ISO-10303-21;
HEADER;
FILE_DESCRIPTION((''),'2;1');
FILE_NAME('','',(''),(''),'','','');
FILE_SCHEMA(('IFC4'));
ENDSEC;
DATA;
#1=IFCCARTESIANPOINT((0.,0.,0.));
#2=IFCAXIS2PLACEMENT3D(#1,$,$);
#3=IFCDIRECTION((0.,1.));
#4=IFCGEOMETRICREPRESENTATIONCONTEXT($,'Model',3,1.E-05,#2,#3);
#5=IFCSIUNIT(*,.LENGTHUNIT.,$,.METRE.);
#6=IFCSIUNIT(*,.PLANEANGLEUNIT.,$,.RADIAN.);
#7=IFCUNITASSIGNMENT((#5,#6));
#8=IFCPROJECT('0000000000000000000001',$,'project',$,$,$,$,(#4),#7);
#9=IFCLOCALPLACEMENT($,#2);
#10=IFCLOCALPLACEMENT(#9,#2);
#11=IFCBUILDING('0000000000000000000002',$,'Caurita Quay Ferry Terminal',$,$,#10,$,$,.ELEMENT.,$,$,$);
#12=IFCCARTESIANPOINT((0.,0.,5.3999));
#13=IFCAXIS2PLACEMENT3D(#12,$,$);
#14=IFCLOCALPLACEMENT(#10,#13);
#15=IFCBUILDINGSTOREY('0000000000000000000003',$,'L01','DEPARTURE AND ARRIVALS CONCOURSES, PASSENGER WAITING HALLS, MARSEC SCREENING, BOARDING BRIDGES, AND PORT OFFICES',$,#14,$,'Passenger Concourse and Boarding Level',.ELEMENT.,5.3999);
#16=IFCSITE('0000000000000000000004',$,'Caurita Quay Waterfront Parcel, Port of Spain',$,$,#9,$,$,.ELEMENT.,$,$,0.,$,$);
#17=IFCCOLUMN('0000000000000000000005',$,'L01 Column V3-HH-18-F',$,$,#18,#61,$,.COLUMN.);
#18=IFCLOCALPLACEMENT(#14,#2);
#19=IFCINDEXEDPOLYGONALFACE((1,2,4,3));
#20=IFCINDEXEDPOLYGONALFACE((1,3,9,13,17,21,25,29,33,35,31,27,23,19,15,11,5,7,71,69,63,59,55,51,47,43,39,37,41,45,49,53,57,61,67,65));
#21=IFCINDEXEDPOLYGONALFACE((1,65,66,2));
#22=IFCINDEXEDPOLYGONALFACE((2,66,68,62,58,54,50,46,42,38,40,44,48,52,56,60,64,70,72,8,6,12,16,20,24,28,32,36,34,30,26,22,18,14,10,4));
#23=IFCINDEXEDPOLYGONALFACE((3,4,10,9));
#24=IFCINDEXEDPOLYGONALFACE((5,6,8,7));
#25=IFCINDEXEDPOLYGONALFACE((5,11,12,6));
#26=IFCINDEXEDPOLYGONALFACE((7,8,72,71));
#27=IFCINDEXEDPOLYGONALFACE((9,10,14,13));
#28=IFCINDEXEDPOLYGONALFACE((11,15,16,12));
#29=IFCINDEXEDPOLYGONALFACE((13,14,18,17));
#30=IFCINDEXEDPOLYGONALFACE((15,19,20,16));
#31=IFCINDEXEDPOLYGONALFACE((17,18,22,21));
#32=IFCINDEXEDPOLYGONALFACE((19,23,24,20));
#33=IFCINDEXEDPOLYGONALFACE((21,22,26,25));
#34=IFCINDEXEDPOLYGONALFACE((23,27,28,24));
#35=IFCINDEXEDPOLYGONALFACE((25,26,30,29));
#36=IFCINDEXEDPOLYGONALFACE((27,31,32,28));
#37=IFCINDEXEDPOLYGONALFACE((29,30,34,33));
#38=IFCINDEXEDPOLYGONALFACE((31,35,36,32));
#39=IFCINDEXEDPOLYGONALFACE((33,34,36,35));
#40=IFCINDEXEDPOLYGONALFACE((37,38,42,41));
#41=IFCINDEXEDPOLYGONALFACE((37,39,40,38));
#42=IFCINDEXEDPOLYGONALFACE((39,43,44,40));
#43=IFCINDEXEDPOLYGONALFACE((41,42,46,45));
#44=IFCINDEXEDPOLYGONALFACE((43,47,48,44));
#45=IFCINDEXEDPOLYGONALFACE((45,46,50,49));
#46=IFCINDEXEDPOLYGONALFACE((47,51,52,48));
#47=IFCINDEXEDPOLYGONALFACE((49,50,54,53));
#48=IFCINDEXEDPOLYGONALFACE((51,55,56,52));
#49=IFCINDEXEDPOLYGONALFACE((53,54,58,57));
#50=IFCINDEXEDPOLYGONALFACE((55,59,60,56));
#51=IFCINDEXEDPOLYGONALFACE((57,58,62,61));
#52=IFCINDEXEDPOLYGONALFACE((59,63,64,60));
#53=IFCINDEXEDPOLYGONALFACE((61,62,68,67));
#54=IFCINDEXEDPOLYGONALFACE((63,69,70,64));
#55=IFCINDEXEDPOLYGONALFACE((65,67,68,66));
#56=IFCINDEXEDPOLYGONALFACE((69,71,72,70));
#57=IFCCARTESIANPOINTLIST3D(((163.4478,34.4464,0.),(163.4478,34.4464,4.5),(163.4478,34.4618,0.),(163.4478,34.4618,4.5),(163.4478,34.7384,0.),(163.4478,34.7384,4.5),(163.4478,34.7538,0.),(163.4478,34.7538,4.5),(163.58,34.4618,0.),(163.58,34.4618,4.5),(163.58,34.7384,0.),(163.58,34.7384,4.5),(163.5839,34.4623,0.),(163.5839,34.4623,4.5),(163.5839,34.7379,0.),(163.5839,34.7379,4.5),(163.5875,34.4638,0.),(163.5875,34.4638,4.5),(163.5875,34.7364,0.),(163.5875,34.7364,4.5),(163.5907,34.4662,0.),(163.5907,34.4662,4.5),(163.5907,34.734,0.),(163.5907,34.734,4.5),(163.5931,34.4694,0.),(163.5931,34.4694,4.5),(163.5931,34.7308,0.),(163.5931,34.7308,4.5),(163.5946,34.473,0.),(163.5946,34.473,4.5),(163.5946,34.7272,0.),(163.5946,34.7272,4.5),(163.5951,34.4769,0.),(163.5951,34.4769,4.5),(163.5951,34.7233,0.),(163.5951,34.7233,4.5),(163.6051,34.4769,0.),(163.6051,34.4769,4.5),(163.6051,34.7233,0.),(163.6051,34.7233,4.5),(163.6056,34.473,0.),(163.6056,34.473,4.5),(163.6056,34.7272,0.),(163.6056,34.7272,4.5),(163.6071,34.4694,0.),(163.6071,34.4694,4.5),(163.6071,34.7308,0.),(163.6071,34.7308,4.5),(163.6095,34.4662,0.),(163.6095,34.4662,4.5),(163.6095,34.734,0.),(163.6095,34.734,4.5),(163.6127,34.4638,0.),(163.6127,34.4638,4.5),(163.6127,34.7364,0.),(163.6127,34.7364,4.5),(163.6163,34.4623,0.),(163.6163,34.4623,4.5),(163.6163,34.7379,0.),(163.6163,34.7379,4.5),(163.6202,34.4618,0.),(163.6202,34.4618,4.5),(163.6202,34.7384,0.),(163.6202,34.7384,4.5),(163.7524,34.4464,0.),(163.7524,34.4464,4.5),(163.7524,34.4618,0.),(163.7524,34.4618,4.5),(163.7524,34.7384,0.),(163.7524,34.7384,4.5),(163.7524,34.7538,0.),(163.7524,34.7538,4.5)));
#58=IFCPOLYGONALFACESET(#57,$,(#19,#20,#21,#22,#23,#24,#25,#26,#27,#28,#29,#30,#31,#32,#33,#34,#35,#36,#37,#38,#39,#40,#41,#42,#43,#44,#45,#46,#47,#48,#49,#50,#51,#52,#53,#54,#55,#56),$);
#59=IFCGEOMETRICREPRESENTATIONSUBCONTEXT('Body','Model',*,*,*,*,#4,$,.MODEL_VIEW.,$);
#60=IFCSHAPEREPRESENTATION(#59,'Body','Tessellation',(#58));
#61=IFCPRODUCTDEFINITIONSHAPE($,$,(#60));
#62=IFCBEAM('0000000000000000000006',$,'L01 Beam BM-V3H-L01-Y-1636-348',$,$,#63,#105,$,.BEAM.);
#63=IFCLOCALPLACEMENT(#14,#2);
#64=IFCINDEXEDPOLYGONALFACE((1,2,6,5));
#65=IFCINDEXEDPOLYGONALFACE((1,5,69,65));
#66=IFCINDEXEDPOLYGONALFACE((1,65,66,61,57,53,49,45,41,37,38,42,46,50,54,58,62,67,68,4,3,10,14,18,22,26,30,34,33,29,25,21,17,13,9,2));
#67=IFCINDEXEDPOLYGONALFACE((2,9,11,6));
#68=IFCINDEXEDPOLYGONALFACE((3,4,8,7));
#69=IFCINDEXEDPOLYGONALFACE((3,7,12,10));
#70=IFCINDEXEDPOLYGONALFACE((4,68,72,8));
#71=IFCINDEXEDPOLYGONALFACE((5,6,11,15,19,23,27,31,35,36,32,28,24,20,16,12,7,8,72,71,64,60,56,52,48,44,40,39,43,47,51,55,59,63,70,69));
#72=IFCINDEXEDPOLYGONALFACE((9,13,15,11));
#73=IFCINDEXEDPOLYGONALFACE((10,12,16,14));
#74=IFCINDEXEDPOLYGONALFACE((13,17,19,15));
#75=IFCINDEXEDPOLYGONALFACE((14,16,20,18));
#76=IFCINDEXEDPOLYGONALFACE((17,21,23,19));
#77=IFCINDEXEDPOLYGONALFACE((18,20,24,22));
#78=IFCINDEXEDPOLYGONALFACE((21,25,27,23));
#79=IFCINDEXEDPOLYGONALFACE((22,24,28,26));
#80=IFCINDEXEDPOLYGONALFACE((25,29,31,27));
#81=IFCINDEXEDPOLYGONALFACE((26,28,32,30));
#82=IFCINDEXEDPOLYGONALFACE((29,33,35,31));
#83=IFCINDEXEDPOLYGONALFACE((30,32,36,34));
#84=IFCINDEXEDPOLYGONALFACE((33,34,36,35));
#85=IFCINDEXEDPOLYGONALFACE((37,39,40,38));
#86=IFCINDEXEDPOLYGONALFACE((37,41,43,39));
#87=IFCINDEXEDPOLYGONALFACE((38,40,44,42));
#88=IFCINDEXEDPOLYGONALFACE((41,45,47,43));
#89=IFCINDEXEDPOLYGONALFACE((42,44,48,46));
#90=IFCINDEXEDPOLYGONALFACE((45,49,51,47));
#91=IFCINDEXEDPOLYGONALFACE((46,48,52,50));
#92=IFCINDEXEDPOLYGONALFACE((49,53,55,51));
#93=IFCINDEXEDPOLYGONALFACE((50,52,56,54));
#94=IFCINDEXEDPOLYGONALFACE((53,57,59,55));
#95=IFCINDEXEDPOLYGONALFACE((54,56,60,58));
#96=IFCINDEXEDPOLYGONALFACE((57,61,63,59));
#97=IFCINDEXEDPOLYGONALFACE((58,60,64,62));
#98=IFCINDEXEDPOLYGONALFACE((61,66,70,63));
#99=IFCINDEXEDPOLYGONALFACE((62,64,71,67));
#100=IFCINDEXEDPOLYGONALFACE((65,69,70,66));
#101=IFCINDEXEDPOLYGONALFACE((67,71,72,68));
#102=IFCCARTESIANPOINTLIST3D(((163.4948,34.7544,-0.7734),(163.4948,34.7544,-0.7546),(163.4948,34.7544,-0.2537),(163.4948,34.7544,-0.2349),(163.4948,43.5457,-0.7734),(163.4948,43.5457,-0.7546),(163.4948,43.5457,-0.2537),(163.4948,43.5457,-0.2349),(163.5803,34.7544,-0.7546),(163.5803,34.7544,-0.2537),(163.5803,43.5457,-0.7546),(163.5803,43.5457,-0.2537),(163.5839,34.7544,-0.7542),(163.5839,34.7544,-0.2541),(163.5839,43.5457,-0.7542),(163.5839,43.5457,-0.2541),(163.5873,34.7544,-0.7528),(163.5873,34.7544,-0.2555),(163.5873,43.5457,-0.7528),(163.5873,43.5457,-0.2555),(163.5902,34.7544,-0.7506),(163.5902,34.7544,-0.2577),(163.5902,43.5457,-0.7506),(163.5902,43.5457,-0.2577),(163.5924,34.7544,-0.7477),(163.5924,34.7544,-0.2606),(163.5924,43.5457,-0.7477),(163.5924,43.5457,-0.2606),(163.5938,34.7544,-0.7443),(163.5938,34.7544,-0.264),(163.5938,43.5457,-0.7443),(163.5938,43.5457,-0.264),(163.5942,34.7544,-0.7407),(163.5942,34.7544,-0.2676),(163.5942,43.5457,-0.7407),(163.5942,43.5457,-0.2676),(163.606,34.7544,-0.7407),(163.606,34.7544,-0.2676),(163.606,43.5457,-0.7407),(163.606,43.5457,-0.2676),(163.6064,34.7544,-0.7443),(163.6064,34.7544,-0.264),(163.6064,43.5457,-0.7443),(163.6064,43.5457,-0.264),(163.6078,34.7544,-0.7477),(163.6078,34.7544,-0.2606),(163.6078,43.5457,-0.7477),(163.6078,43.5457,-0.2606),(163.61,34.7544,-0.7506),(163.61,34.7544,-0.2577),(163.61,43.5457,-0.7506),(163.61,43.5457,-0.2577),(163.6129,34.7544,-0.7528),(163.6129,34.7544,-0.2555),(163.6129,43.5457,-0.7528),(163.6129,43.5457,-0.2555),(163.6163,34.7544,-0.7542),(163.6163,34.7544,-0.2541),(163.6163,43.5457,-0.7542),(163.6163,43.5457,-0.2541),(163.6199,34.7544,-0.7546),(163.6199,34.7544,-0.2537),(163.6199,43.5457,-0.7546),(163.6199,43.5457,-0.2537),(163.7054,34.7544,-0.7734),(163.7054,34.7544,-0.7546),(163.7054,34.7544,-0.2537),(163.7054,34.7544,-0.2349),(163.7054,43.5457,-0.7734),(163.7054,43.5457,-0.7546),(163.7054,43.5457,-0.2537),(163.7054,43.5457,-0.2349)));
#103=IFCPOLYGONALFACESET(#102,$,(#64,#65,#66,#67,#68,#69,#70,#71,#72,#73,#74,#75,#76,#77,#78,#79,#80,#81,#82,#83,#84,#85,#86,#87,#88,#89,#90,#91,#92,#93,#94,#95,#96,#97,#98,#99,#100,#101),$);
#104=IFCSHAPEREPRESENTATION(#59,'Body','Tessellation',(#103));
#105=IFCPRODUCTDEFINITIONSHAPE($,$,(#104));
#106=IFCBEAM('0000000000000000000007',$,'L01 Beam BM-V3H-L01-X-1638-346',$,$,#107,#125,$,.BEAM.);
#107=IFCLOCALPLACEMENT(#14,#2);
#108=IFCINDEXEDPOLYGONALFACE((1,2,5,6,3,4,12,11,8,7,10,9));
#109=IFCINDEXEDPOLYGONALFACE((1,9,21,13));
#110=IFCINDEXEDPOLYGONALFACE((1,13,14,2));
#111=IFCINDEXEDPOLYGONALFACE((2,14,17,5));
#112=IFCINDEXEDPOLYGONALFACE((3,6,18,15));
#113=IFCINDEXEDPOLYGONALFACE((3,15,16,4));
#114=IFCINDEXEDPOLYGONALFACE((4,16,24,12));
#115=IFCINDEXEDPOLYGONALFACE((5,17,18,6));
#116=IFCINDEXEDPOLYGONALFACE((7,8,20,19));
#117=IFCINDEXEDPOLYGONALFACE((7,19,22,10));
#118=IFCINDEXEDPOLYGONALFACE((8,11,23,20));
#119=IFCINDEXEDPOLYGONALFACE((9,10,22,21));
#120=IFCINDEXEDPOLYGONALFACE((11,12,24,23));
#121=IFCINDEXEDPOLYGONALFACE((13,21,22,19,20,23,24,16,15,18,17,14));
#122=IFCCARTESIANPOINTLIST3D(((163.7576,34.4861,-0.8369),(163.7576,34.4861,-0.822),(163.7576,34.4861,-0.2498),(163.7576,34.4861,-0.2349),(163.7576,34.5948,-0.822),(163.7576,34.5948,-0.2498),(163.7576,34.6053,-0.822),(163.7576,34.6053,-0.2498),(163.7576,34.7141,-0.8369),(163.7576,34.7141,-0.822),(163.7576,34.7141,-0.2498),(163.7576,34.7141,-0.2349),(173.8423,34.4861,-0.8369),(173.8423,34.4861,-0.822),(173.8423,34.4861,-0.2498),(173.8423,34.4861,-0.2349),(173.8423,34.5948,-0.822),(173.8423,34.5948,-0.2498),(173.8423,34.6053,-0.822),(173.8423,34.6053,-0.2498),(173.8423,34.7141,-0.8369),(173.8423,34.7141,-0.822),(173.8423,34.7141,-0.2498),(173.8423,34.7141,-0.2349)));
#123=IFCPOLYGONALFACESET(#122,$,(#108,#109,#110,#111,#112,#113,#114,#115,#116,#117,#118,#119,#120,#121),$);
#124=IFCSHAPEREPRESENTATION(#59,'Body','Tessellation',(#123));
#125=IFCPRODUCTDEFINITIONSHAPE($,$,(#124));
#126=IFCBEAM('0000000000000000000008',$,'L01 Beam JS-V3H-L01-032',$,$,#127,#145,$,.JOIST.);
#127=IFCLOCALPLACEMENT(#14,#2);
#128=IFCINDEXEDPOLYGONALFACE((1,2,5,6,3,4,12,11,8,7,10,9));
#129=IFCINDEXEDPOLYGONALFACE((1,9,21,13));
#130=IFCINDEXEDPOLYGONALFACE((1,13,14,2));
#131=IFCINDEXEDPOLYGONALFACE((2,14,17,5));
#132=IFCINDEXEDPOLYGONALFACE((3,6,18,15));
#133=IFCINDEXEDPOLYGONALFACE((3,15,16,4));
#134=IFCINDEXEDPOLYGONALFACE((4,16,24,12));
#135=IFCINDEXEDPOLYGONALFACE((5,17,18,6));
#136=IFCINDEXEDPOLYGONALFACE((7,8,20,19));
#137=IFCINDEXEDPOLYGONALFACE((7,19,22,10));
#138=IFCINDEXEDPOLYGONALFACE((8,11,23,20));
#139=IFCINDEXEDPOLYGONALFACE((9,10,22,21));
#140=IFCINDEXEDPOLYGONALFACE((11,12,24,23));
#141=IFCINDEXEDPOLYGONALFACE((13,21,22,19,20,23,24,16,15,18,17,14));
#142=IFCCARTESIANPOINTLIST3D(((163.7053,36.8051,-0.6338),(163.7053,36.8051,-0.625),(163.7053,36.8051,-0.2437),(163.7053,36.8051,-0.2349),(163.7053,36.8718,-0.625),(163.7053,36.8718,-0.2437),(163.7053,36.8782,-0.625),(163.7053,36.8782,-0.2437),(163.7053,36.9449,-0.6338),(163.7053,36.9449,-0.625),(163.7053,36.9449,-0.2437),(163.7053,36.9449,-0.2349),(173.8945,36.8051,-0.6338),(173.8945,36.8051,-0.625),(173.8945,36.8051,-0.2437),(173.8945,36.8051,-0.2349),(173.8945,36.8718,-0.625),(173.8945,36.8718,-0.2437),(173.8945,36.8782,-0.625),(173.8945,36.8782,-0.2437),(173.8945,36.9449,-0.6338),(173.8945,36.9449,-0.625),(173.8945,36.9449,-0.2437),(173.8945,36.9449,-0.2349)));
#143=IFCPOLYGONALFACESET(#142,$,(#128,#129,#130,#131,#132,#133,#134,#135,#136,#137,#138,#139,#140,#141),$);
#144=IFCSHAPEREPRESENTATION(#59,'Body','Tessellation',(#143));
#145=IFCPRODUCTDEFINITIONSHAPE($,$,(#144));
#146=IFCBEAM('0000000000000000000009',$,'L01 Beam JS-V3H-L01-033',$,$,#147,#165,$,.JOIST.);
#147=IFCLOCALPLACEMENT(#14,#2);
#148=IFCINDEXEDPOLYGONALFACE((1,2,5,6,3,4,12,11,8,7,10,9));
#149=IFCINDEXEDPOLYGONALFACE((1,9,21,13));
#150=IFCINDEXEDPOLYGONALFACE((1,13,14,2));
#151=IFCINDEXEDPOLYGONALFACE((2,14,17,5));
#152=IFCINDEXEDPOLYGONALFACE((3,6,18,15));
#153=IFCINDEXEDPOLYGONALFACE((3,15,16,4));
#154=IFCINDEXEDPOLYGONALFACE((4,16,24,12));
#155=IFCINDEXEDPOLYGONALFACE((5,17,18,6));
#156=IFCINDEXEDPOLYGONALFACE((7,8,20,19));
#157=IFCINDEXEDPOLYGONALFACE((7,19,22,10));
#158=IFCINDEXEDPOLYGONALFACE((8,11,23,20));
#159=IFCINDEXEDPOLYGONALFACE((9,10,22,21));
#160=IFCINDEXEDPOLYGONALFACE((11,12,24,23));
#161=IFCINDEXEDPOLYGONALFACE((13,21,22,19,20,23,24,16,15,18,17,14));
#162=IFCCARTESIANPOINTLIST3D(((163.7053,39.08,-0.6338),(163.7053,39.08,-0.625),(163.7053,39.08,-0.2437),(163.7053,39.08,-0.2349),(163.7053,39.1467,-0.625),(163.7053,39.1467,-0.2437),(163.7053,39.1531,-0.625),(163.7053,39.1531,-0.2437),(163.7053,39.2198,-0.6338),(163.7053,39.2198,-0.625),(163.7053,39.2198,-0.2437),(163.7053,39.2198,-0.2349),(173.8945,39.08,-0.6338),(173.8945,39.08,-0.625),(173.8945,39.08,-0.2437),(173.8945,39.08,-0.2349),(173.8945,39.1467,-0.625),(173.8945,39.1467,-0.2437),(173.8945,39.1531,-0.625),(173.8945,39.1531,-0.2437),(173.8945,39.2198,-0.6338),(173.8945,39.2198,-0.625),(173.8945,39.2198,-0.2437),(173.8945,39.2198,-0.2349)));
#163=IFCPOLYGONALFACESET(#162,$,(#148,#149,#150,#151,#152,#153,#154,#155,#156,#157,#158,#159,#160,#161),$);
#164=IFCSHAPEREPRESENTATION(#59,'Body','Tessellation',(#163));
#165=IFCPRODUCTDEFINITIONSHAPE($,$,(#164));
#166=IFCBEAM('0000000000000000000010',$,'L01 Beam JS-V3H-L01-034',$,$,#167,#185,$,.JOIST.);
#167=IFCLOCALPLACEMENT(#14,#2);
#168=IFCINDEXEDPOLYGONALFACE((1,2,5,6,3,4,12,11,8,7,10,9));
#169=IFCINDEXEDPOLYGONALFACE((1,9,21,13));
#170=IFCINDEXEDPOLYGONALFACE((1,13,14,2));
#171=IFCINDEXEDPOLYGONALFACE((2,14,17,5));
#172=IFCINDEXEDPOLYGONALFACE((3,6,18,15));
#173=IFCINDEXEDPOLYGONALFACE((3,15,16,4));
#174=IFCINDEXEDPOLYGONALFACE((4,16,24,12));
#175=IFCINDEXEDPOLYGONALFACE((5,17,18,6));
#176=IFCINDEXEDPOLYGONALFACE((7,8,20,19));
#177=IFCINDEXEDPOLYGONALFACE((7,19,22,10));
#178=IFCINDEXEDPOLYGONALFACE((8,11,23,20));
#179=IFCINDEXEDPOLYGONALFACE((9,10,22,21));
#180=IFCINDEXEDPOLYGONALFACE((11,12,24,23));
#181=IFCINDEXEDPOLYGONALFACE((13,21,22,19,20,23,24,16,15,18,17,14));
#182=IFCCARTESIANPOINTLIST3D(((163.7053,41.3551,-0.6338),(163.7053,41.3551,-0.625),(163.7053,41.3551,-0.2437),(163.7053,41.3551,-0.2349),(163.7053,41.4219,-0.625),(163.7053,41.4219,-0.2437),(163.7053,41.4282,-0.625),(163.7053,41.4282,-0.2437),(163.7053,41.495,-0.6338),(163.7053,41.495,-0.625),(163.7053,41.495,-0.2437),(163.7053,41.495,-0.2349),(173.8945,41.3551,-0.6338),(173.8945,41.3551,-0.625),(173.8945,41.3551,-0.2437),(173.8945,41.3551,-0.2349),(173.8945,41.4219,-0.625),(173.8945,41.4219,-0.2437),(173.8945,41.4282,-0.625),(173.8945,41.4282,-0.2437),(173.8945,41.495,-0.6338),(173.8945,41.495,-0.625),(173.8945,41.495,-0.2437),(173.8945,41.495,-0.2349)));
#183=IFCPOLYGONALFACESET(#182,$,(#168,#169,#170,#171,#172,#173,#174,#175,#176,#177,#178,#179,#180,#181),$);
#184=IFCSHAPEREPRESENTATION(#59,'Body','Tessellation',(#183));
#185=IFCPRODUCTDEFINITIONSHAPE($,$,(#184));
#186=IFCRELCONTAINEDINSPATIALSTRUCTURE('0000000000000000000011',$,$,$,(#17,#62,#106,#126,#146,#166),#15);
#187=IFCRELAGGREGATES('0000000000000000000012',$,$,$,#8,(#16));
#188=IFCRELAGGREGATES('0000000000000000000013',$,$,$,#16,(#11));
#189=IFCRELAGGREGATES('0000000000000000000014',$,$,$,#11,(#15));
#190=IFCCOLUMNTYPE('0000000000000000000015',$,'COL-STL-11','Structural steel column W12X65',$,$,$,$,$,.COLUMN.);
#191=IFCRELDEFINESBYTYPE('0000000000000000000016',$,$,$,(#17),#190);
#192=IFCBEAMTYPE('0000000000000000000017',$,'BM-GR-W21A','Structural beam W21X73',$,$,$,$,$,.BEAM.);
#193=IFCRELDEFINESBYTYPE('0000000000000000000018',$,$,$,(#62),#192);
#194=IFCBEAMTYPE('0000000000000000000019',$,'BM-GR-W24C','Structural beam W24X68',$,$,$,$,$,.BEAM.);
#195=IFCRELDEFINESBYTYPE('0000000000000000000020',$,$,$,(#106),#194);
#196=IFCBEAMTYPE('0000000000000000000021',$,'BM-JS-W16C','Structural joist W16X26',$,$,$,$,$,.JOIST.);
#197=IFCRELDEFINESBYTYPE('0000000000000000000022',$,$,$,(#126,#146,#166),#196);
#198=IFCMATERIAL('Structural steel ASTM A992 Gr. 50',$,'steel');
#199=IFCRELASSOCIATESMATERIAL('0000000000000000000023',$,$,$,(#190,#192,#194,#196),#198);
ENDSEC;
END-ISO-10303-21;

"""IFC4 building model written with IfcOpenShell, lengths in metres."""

from ifc_helpers import new_model, si_unit, direction, frame, origin, origin_2d, place, context, subcontext, project, spatial, i_section, extrude, material, material_profile, profile_set, type_object, element, save


model = new_model("IFC4")

# Units and contexts
model_context = context("Model", 3, precision=1e-05, world=origin(), true_north=direction((0.0, 1.0)))
body_context = subcontext(model_context, "Body", "Model", "MODEL_VIEW")
ifc_project = project(units=[si_unit("LENGTHUNIT", "METRE"), si_unit("PLANEANGLEUNIT", "RADIAN")], contexts=[model_context])

# Site, building, storey
site_placement = place(None, origin())
site = spatial("IfcSite", under=ifc_project, at=site_placement, Name="Caurita Quay Waterfront Parcel, Port of Spain", CompositionType="ELEMENT", RefElevation=0.0)
building_placement = place(site_placement, origin())
building = spatial("IfcBuilding", under=site, at=building_placement, Name="Caurita Quay Ferry Terminal", CompositionType="ELEMENT")
storey_placement = place(building_placement, frame((0.0, 0.0, 5.3999)))
storey = spatial("IfcBuildingStorey", under=building, at=storey_placement, Name="L01", Description="DEPARTURE AND ARRIVALS CONCOURSES, PASSENGER WAITING HALLS, MARSEC SCREENING, BOARDING BRIDGES, AND PORT OFFICES", LongName="Passenger Concourse and Boarding Level", CompositionType="ELEMENT", Elevation=5.3999)

# Column
ifc_material_1 = material(Name="Structural steel ASTM A992 Gr. 50", Category="steel")
ifc_material_profile_1 = material_profile(ifc_material_1, i_section(OverallWidth=0.3047, OverallDepth=0.3074, WebThickness=0.01, FlangeThickness=0.0154, FilletRadius=0.0151, at=origin_2d()), Name="W12X65")
ifc_profile_set_1 = profile_set([ifc_material_profile_1], Name="Structural steel ASTM A992 Gr. 50")
column_type = type_object("IfcColumnType", Name="COL-STL-11", Description="Structural steel column W12X65", PredefinedType="COLUMN", material=ifc_profile_set_1)
column_placement = place(storey_placement, frame((163.6001, 34.6001, 0.0), z_axis=(0.0, 0.0, 1.0), x_axis=(1.0, 0.0, 0.0)))
element("IfcColumn", 1, at=column_placement, inside=storey, type_object=column_type, Name="L01 Column V3-HH-18-F", PredefinedType="COLUMN", context=body_context, shape_type="SweptSolid", body=[
    extrude(i_section(OverallWidth=0.3047, OverallDepth=0.3074, WebThickness=0.01, FlangeThickness=0.0154, FilletRadius=0.0151, at=origin_2d()), origin(), (0.0, 0.0, 1.0), 4.5),
])

# Beams
ifc_material_profile_2 = material_profile(ifc_material_1, i_section(OverallWidth=0.2107, OverallDepth=0.5386, WebThickness=0.0117, FlangeThickness=0.0188, FilletRadius=0.0139, at=origin_2d()), Name="W21X73")
ifc_profile_set_2 = profile_set([ifc_material_profile_2], Name="Structural steel ASTM A992 Gr. 50")
beam_type_1 = type_object("IfcBeamType", Name="BM-GR-W21A", Description="Structural beam W21X73", PredefinedType="BEAM", material=ifc_profile_set_2)
beam_1_placement = place(storey_placement, frame((163.6001, 34.7544, -0.5042), z_axis=(0.0, 1.0, 0.0), x_axis=(-1.0, 0.0, 0.0)))
element("IfcBeam", 2, at=beam_1_placement, inside=storey, type_object=beam_type_1, Name="L01 Beam BM-V3H-L01-Y-1636-348", PredefinedType="BEAM", context=body_context, shape_type="SweptSolid", body=[
    extrude(i_section(OverallWidth=0.2107, OverallDepth=0.5386, WebThickness=0.0117, FlangeThickness=0.0188, FilletRadius=0.0139, at=origin_2d()), origin(), (0.0, 0.0, 1.0), 8.7913),
])
ifc_material_profile_3 = material_profile(ifc_material_1, i_section(OverallWidth=0.228, OverallDepth=0.6021, WebThickness=0.0105, FlangeThickness=0.0149, at=origin_2d()), Name="W24X68")
ifc_profile_set_3 = profile_set([ifc_material_profile_3], Name="Structural steel ASTM A992 Gr. 50")
beam_type_2 = type_object("IfcBeamType", Name="BM-GR-W24C", Description="Structural beam W24X68", PredefinedType="BEAM", material=ifc_profile_set_3)
beam_2_placement = place(storey_placement, frame((163.7576, 34.6001, -0.5359), z_axis=(1.0, 0.0, 0.0), x_axis=(0.0, 1.0, 0.0)))
element("IfcBeam", 3, at=beam_2_placement, inside=storey, type_object=beam_type_2, Name="L01 Beam BM-V3H-L01-X-1638-346", PredefinedType="BEAM", context=body_context, shape_type="SweptSolid", body=[
    extrude(i_section(OverallWidth=0.228, OverallDepth=0.6021, WebThickness=0.0105, FlangeThickness=0.0149, at=origin_2d()), origin(), (0.0, 0.0, 1.0), 10.0847),
])
ifc_material_profile_4 = material_profile(ifc_material_1, i_section(OverallWidth=0.1399, OverallDepth=0.3989, WebThickness=0.0063, FlangeThickness=0.0088, at=origin_2d()), Name="W16X26")
ifc_profile_set_4 = profile_set([ifc_material_profile_4], Name="Structural steel ASTM A992 Gr. 50")
beam_type_3 = type_object("IfcBeamType", Name="BM-JS-W16C", Description="Structural joist W16X26", PredefinedType="JOIST", material=ifc_profile_set_4)
for number, where, z_axis, x_axis, name in (
    (4, (163.7053, 36.875, -0.4343), (1.0, 0.0, 0.0), (0.0, 1.0, 0.0), "L01 Beam JS-V3H-L01-032"),
    (5, (163.7053, 39.1499, -0.4343), (1.0, 0.0, 0.0), (0.0, 1.0, 0.0), "L01 Beam JS-V3H-L01-033"),
    (6, (163.7053, 41.425, -0.4343), (1.0, 0.0, 0.0), (0.0, 1.0, 0.0), "L01 Beam JS-V3H-L01-034"),
):
    element("IfcBeam", number, at=place(storey_placement, frame(where, z_axis=z_axis, x_axis=x_axis)), inside=storey, type_object=beam_type_3, Name=name, PredefinedType="JOIST", context=body_context, shape_type="SweptSolid", body=[
        extrude(i_section(OverallWidth=0.1399, OverallDepth=0.3989, WebThickness=0.0063, FlangeThickness=0.0088, at=origin_2d()), origin(), (0.0, 0.0, 1.0), 10.1892),
    ])

save(model, "model.ifc")
